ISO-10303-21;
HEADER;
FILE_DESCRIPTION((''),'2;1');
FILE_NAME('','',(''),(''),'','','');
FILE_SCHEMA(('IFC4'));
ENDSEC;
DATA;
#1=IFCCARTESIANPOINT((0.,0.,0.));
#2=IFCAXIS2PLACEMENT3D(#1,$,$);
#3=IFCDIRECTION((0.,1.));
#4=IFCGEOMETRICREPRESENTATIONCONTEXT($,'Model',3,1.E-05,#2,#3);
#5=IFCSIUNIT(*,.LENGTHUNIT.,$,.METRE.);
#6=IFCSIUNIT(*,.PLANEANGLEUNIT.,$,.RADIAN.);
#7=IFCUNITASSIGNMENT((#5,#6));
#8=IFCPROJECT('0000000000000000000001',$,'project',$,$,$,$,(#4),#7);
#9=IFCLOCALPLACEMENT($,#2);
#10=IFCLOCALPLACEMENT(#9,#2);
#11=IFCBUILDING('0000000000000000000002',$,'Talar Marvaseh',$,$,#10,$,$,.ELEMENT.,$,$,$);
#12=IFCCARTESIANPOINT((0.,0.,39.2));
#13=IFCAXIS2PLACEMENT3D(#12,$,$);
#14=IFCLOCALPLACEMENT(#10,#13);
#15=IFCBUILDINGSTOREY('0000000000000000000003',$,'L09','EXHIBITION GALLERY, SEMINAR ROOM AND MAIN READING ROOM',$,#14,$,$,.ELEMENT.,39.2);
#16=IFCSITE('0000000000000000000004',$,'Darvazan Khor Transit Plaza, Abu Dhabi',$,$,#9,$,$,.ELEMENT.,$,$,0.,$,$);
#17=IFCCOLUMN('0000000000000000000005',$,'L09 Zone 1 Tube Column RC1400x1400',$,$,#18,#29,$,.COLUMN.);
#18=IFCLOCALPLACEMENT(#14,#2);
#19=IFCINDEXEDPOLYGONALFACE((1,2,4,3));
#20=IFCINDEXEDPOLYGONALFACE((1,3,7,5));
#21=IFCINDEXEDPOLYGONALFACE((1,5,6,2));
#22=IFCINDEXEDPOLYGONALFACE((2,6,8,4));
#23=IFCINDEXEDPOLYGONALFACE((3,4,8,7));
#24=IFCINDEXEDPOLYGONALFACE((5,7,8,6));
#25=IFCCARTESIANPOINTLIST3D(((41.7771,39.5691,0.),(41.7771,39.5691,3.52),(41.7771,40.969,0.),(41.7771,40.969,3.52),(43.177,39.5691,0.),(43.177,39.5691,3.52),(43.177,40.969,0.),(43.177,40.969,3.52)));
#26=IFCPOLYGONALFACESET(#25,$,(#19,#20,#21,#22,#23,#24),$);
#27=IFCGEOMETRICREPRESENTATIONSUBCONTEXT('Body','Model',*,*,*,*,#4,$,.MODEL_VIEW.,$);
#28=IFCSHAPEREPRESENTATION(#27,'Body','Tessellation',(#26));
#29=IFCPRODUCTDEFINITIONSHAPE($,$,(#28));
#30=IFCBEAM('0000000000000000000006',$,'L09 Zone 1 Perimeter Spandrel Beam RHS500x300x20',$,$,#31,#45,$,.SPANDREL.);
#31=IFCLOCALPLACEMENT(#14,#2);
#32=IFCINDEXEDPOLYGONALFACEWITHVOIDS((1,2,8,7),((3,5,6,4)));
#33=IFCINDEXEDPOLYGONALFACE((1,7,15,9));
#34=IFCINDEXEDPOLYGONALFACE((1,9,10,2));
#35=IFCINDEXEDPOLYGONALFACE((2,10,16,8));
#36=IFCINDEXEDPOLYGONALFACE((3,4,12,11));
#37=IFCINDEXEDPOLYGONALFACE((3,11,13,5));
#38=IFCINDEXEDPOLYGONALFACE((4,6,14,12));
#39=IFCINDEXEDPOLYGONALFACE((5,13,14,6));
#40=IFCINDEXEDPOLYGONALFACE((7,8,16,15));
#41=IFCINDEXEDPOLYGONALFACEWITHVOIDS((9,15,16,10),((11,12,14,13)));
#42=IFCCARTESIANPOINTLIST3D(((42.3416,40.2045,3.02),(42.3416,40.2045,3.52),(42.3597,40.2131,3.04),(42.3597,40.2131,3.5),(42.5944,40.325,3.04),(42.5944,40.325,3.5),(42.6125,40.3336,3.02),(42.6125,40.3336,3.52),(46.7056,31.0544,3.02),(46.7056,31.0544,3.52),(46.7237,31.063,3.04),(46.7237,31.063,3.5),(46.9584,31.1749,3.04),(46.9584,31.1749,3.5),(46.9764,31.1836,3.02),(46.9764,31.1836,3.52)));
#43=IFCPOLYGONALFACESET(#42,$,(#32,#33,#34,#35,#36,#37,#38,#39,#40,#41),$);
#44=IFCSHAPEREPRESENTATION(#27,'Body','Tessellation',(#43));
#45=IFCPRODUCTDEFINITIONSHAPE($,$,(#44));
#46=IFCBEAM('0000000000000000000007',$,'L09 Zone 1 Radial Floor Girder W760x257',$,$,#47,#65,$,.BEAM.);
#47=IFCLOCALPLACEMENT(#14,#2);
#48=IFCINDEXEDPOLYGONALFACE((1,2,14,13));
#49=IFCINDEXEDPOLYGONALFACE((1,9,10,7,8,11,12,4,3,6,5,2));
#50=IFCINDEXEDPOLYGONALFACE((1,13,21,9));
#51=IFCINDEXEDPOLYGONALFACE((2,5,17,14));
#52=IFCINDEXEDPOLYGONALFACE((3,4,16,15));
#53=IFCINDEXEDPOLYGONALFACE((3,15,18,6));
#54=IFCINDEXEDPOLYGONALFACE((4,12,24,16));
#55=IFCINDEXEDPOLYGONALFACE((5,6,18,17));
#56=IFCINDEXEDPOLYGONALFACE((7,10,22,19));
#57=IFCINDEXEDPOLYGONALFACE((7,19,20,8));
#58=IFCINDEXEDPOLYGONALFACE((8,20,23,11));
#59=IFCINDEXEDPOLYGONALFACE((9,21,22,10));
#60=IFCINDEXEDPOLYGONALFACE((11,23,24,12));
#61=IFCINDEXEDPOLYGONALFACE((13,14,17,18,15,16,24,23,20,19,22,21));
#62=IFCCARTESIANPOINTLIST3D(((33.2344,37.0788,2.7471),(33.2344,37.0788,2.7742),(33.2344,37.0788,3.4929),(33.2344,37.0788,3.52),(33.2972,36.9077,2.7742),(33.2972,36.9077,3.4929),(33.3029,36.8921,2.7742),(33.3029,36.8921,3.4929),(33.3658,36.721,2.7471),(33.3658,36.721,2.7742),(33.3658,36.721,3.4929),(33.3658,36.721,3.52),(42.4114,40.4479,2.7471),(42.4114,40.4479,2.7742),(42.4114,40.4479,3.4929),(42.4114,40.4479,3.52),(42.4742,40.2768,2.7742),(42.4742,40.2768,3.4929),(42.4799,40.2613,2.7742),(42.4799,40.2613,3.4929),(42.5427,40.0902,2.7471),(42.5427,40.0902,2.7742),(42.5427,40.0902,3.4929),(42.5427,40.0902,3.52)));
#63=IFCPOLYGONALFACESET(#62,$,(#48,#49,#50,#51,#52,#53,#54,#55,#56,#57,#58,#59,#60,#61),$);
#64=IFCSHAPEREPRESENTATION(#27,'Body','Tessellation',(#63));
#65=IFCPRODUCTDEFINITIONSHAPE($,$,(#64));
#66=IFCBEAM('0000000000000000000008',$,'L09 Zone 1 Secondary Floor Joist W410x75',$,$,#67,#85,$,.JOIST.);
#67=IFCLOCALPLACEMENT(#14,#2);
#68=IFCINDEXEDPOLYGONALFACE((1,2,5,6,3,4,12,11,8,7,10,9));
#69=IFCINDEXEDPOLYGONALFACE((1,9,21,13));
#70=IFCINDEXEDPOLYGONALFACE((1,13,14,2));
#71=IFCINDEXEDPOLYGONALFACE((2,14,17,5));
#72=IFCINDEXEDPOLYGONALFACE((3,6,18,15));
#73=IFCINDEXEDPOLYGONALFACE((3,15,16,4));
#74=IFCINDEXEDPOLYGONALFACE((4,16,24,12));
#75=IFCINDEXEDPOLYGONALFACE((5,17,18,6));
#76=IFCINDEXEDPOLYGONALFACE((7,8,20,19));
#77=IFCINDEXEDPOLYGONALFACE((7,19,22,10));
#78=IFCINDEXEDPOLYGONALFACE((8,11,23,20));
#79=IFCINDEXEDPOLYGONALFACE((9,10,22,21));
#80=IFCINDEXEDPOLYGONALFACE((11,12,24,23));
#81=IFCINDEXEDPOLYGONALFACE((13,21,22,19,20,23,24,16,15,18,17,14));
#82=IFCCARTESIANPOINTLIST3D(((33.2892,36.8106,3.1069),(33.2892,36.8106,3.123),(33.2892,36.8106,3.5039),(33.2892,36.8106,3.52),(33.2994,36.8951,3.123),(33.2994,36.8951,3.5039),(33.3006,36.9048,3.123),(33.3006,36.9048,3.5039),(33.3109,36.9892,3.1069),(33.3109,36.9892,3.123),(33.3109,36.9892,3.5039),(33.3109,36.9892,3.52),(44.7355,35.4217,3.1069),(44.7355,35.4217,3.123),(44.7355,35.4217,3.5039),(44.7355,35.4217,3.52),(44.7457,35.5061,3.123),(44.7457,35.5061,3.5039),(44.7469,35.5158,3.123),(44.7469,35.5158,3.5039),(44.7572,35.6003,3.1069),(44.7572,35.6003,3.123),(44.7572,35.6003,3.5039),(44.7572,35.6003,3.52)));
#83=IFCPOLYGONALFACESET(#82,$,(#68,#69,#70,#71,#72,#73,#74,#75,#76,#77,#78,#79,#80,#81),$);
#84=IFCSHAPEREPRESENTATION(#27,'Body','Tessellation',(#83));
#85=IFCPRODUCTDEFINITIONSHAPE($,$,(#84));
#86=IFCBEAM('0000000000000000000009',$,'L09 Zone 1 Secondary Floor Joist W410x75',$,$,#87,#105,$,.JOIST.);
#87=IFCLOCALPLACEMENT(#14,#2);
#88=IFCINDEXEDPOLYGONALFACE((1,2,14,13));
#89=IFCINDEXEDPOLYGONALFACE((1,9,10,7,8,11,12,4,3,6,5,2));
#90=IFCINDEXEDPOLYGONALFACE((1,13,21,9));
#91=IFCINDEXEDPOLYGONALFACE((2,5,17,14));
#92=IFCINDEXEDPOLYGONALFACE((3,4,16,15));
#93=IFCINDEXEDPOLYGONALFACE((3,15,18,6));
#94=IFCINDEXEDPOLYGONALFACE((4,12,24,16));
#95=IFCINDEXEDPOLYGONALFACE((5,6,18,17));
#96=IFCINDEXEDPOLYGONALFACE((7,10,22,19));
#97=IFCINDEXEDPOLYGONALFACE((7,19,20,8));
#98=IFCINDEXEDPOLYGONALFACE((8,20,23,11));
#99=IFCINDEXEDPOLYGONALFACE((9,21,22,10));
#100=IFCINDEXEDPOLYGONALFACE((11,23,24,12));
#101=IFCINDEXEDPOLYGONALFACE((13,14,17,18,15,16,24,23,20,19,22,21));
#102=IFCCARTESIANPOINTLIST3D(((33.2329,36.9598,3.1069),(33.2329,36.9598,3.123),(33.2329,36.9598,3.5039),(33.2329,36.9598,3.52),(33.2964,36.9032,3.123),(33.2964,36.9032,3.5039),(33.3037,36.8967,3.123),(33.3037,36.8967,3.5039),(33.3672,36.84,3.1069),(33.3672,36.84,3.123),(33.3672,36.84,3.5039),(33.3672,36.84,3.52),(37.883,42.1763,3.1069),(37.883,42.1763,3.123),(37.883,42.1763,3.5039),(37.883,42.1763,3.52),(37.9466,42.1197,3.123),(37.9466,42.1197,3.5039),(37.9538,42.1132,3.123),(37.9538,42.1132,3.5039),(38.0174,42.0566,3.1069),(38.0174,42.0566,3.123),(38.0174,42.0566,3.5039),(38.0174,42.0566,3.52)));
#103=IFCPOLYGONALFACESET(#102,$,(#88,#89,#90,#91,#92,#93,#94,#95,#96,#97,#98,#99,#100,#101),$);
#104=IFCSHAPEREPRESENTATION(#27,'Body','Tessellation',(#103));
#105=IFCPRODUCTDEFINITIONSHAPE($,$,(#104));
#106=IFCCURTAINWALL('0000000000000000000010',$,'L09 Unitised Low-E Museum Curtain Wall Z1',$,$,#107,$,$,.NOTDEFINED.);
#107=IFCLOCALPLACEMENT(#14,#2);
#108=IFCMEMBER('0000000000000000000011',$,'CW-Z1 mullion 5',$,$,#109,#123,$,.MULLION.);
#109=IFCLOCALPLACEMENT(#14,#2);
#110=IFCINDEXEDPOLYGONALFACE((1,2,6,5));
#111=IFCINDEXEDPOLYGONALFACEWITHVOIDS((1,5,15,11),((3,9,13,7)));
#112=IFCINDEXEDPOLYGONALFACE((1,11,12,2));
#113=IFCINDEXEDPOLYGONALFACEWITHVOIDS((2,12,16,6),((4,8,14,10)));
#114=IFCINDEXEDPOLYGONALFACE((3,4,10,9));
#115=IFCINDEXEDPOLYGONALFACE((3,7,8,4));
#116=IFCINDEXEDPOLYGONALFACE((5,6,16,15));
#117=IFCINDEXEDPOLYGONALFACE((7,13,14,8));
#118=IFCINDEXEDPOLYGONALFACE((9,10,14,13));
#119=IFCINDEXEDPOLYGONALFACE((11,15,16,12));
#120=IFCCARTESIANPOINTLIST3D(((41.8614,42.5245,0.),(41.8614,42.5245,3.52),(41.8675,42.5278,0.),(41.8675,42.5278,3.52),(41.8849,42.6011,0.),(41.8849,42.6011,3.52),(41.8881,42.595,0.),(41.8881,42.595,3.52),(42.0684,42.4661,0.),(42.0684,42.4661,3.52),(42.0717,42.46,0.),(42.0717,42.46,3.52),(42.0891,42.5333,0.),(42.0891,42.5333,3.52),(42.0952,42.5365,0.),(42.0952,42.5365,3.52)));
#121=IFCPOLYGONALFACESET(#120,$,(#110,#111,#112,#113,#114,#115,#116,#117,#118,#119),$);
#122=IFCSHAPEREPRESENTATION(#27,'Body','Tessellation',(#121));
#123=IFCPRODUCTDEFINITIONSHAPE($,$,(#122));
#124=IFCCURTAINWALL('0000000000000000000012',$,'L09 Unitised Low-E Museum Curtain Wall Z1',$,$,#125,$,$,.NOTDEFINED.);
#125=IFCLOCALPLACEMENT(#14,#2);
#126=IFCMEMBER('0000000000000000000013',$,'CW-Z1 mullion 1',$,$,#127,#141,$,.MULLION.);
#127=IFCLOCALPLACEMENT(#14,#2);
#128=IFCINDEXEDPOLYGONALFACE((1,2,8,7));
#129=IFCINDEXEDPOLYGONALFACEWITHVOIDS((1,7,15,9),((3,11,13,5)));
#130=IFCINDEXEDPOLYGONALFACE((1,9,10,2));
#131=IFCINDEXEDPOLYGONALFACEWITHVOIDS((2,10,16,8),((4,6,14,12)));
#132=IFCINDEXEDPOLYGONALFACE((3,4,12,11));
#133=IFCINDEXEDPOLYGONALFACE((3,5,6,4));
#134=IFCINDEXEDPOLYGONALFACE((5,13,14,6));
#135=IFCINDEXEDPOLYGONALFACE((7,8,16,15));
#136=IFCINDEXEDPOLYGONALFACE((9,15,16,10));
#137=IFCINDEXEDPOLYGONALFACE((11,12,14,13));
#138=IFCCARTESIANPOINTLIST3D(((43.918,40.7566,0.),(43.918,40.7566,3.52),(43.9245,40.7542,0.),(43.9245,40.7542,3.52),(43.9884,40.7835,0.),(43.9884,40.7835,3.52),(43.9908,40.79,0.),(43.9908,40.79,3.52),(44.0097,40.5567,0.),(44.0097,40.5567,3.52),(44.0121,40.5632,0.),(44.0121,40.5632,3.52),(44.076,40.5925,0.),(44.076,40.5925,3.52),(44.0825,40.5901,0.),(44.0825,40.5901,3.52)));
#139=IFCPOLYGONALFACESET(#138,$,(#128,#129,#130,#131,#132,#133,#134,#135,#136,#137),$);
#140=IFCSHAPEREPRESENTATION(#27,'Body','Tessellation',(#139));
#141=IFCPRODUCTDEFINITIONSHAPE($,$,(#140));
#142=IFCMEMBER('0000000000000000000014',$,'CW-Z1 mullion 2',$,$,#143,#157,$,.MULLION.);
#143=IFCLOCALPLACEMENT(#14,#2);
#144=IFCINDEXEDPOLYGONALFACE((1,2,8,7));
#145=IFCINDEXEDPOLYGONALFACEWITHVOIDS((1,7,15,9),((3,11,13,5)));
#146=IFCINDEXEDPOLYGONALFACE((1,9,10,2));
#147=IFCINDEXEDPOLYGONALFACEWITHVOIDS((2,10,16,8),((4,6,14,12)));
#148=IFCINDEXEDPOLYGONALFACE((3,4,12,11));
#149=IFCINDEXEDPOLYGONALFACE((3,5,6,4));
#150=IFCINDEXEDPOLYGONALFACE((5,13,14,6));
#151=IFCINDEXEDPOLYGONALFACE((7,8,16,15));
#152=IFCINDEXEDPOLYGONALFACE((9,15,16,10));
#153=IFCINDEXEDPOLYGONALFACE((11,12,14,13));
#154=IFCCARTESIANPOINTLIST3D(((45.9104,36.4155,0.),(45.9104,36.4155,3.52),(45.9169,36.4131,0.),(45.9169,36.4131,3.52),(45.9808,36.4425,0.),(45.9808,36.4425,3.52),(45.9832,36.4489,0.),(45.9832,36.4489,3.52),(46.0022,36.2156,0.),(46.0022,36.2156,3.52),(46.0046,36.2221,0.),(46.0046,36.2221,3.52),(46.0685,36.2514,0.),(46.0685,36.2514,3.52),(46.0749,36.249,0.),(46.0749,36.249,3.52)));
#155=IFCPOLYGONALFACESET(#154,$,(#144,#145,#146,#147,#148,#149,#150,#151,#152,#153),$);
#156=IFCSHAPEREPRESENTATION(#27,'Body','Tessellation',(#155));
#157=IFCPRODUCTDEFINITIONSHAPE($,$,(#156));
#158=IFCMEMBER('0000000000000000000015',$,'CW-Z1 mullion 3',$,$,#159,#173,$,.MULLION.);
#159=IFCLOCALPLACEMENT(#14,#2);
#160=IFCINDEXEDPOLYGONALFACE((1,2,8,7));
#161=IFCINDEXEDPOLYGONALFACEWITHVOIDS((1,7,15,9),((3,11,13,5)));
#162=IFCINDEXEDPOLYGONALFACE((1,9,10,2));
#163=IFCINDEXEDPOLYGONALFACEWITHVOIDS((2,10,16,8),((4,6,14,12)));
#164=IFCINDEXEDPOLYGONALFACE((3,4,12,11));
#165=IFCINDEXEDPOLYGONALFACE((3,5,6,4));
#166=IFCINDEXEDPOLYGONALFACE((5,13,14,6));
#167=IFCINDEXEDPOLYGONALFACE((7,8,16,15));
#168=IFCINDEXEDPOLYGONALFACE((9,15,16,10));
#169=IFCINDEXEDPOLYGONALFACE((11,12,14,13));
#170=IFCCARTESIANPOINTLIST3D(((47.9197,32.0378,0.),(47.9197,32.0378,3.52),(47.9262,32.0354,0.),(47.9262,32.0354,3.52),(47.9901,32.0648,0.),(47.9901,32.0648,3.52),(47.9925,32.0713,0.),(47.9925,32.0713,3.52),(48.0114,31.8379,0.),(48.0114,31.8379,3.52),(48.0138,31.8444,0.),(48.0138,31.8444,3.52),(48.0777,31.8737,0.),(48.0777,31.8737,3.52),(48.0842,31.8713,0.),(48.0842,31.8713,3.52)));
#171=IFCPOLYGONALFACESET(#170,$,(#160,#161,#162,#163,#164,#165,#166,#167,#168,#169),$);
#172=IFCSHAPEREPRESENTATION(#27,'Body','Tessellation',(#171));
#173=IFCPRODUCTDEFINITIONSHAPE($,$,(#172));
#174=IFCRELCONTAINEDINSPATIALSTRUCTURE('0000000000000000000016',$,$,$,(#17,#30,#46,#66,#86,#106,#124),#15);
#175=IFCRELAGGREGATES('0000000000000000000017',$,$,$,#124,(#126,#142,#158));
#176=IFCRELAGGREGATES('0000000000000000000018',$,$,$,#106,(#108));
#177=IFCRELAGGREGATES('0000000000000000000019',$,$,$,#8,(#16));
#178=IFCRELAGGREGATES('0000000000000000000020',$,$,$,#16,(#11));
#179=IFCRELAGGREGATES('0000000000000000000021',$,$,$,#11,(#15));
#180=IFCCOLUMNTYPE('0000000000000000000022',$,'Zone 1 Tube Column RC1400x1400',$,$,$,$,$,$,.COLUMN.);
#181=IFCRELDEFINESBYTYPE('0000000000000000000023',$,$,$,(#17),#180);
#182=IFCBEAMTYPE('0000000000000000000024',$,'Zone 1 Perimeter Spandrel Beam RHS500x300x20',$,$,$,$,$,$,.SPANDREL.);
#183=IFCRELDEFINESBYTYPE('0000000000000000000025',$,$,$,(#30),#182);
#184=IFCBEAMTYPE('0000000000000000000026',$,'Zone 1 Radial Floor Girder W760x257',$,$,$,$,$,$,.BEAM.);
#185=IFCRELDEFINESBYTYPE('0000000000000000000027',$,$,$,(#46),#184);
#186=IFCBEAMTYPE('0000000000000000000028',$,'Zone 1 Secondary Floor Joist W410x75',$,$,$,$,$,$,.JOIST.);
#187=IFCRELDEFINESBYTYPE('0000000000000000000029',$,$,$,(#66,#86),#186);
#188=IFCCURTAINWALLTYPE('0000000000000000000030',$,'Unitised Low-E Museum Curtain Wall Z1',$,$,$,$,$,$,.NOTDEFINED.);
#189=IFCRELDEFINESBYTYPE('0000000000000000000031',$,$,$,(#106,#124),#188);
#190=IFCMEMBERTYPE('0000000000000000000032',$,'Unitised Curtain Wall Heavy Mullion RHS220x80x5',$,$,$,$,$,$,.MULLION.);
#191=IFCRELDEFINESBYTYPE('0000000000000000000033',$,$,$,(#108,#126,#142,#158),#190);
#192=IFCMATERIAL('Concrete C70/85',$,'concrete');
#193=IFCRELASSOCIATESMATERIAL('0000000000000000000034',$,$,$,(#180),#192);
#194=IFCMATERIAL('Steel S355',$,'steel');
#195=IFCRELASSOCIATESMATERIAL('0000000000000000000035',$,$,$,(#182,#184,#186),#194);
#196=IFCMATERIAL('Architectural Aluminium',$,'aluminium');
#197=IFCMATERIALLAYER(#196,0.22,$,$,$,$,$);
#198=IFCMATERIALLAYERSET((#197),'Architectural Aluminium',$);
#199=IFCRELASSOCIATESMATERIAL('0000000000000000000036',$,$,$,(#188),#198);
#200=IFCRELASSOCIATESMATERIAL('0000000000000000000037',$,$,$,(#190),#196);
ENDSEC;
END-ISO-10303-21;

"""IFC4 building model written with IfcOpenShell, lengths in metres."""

from ifc_helpers import new_model, si_unit, direction, frame, origin, origin_2d, place, context, subcontext, project, spatial, rectangle, hollow_rectangle, i_section, extrude, source, transform, mapped, material, layer, layer_set, material_profile, profile_set, type_object, type_shapes, element, aggregate, save


model = new_model("IFC4")

# Units and contexts
model_context = context("Model", 3, precision=1e-05, world=origin(), true_north=direction((0.0, 1.0)))
body_context = subcontext(model_context, "Body", "Model", "MODEL_VIEW")
ifc_project = project(units=[si_unit("LENGTHUNIT", "METRE"), si_unit("PLANEANGLEUNIT", "RADIAN")], contexts=[model_context])

# Site, building, storey
site_placement = place(None, origin())
site = spatial("IfcSite", under=ifc_project, at=site_placement, Name="Darvazan Khor Transit Plaza, Abu Dhabi", CompositionType="ELEMENT", RefElevation=0.0)
building_placement = place(site_placement, origin())
building = spatial("IfcBuilding", under=site, at=building_placement, Name="Talar Marvaseh", CompositionType="ELEMENT")
storey_placement = place(building_placement, frame((0.0, 0.0, 39.2)))
storey = spatial("IfcBuildingStorey", under=building, at=storey_placement, Name="L09", Description="EXHIBITION GALLERY, SEMINAR ROOM AND MAIN READING ROOM", CompositionType="ELEMENT", Elevation=39.2)

# Column
ifc_material_1 = material(Name="Concrete C70/85", Category="concrete")
ifc_material_profile_1 = material_profile(ifc_material_1, rectangle(XDim=1.3999, YDim=1.3999, at=origin_2d()), Name="RC1400x1400")
ifc_profile_set_1 = profile_set([ifc_material_profile_1], Name="Concrete C70/85")
column_type = type_object("IfcColumnType", Name="Zone 1 Tube Column RC1400x1400", PredefinedType="COLUMN", material=ifc_profile_set_1)
column_placement = place(storey_placement, frame((42.4771, 40.269, 0.0), z_axis=(0.0, 0.0, 1.0), x_axis=(1.0, 0.0, 0.0)))
element("IfcColumn", 1, at=column_placement, inside=storey, type_object=column_type, Name="L09 Zone 1 Tube Column RC1400x1400", PredefinedType="COLUMN", context=body_context, shape_type="SweptSolid", body=[
    extrude(rectangle(XDim=1.3999, YDim=1.3999, at=origin_2d()), origin(), (0.0, 0.0, 1.0), 3.52),
])

# Beams
ifc_material_2 = material(Name="Steel S355", Category="steel")
ifc_material_profile_2 = material_profile(ifc_material_2, hollow_rectangle(XDim=0.3, YDim=0.5, WallThickness=0.02, at=origin_2d()), Name="RHS500x300x20")
ifc_profile_set_2 = profile_set([ifc_material_profile_2], Name="Steel S355")
beam_type_1 = type_object("IfcBeamType", Name="Zone 1 Perimeter Spandrel Beam RHS500x300x20", PredefinedType="SPANDREL", material=ifc_profile_set_2)
beam_1_placement = place(storey_placement, frame((42.4771, 40.269, 3.27), z_axis=(0.43048, -0.9026, 0.0), x_axis=(0.9026, 0.43048, 0.0)))
element("IfcBeam", 2, at=beam_1_placement, inside=storey, type_object=beam_type_1, Name="L09 Zone 1 Perimeter Spandrel Beam RHS500x300x20", PredefinedType="SPANDREL", context=body_context, shape_type="SweptSolid", body=[
    extrude(hollow_rectangle(XDim=0.3, YDim=0.5, WallThickness=0.02, at=origin_2d()), origin(), (0.0, 0.0, 1.0), 10.1375),
])
ifc_material_profile_3 = material_profile(ifc_material_2, i_section(OverallWidth=0.3811, OverallDepth=0.7729, WebThickness=0.0166, FlangeThickness=0.0271, at=origin_2d()), Name="W760x257")
ifc_profile_set_3 = profile_set([ifc_material_profile_3], Name="Steel S355")
beam_type_2 = type_object("IfcBeamType", Name="Zone 1 Radial Floor Girder W760x257", PredefinedType="BEAM", material=ifc_profile_set_3)
beam_2_placement = place(storey_placement, frame((42.4771, 40.269, 3.1335), z_axis=(-0.938736, -0.344637, 0.0), x_axis=(0.344637, -0.938736, 0.0)))
element("IfcBeam", 3, at=beam_2_placement, inside=storey, type_object=beam_type_2, Name="L09 Zone 1 Radial Floor Girder W760x257", PredefinedType="BEAM", context=body_context, shape_type="SweptSolid", body=[
    extrude(i_section(OverallWidth=0.3811, OverallDepth=0.7729, WebThickness=0.0166, FlangeThickness=0.0271, at=origin_2d()), origin(), (0.0, 0.0, 1.0), 9.7759),
])
ifc_material_profile_4 = material_profile(ifc_material_2, i_section(OverallWidth=0.1799, OverallDepth=0.4131, WebThickness=0.0098, FlangeThickness=0.0161, at=origin_2d()), Name="W410x75")
ifc_profile_set_4 = profile_set([ifc_material_profile_4], Name="Steel S355")
beam_type_3 = type_object("IfcBeamType", Name="Zone 1 Secondary Floor Joist W410x75", PredefinedType="JOIST", material=ifc_profile_set_4)
beam_3_placement = place(storey_placement, frame((44.7463, 35.511, 3.3135), z_axis=(-0.992718, 0.120458, 0.0), x_axis=(-0.120458, -0.992718, 0.0)))
element("IfcBeam", 4, at=beam_3_placement, inside=storey, type_object=beam_type_3, Name="L09 Zone 1 Secondary Floor Joist W410x75", PredefinedType="JOIST", context=body_context, shape_type="SweptSolid", body=[
    extrude(i_section(OverallWidth=0.1799, OverallDepth=0.4131, WebThickness=0.0098, FlangeThickness=0.0161, at=origin_2d()), origin(), (0.0, 0.0, 1.0), 11.5303),
])
beam_4_placement = place(storey_placement, frame((37.9502, 42.1165, 3.3135), z_axis=(-0.665419, -0.74647, 0.0), x_axis=(0.74647, -0.665419, 0.0)))
element("IfcBeam", 5, at=beam_4_placement, inside=storey, type_object=beam_type_3, Name="L09 Zone 1 Secondary Floor Joist W410x75", PredefinedType="JOIST", context=body_context, shape_type="SweptSolid", body=[
    extrude(i_section(OverallWidth=0.1799, OverallDepth=0.4131, WebThickness=0.0098, FlangeThickness=0.0161, at=origin_2d()), origin(), (0.0, 0.0, 1.0), 6.9883),
])

# Curtain wall, member
ifc_material_3 = material(Name="Architectural Aluminium", Category="aluminium")
ifc_layer_1 = layer(ifc_material_3, 0.22)
ifc_layer_set_1 = layer_set([ifc_layer_1], Name="Architectural Aluminium")
curtain_wall_type = type_object("IfcCurtainWallType", Name="Unitised Low-E Museum Curtain Wall Z1", PredefinedType="NOTDEFINED", material=ifc_layer_set_1)
curtain_wall_1_placement = place(storey_placement, origin())
curtain_wall_1 = element("IfcCurtainWall", 6, at=curtain_wall_1_placement, inside=storey, type_object=curtain_wall_type, Name="L09 Unitised Low-E Museum Curtain Wall Z1", PredefinedType="NOTDEFINED")
ifc_material_profile_5 = material_profile(ifc_material_3, hollow_rectangle(XDim=0.0801, YDim=0.22, WallThickness=0.0049, at=origin_2d()), Name="RHS220x80x5")
ifc_profile_set_5 = profile_set([ifc_material_profile_5], Name="Architectural Aluminium")
member_type_1 = type_object("IfcMemberType", Name="Unitised Curtain Wall Heavy Mullion RHS220x80x5", PredefinedType="MULLION", material=ifc_profile_set_5)
shared_shape_1 = source(origin(), body_context, "Body", "SweptSolid", [
    extrude(hollow_rectangle(XDim=0.0801, YDim=0.22, WallThickness=0.0049, at=origin_2d()), origin(), (0.0, 0.0, 1.0), 3.52),
])
type_shapes(member_type_1, [shared_shape_1])
member_1_placement = place(storey_placement, frame((41.9783, 42.5305, 0.0), z_axis=(0.0, 0.0, 1.0), x_axis=(0.293508, 0.955956, 0.0)))
member_1 = element("IfcMember", 7, at=member_1_placement, type_object=member_type_1, Name="CW-Z1 mullion 5", PredefinedType="MULLION", context=body_context, shape_type="MappedRepresentation", body=[
    mapped(shared_shape_1, transform((0.0, 0.0, 0.0), x_axis=(1.0, 0.0, 0.0), y_axis=(0.0, 1.0, 0.0), z_axis=(0.0, 0.0, 1.0), scale=1.0)),
])

# Curtain wall, members
curtain_wall_2_placement = place(storey_placement, origin())
curtain_wall_2 = element("IfcCurtainWall", 8, at=curtain_wall_2_placement, inside=storey, type_object=curtain_wall_type, Name="L09 Unitised Low-E Museum Curtain Wall Z1", PredefinedType="NOTDEFINED")
member_2_placement = place(storey_placement, frame((44.0002, 40.6733, 0.0), z_axis=(0.0, 0.0, 1.0), x_axis=(0.908845, 0.417135, 0.0)))
member_2 = element("IfcMember", 9, at=member_2_placement, type_object=member_type_1, Name="CW-Z1 mullion 1", PredefinedType="MULLION", context=body_context, shape_type="MappedRepresentation", body=[
    mapped(shared_shape_1, transform((0.0, 0.0, 0.0), x_axis=(1.0, 0.0, 0.0), y_axis=(0.0, 1.0, 0.0), z_axis=(0.0, 0.0, 1.0), scale=1.0)),
])
member_3_placement = place(storey_placement, frame((45.9927, 36.3323, 0.0), z_axis=(0.0, 0.0, 1.0), x_axis=(0.908845, 0.417135, 0.0)))
member_3 = element("IfcMember", 10, at=member_3_placement, type_object=member_type_1, Name="CW-Z1 mullion 2", PredefinedType="MULLION", context=body_context, shape_type="MappedRepresentation", body=[
    mapped(shared_shape_1, transform((0.0, 0.0, 0.0), x_axis=(1.0, 0.0, 0.0), y_axis=(0.0, 1.0, 0.0), z_axis=(0.0, 0.0, 1.0), scale=1.0)),
])
member_4_placement = place(storey_placement, frame((48.002, 31.9546, 0.0), z_axis=(0.0, 0.0, 1.0), x_axis=(0.908845, 0.417135, 0.0)))
member_4 = element("IfcMember", 11, at=member_4_placement, type_object=member_type_1, Name="CW-Z1 mullion 3", PredefinedType="MULLION", context=body_context, shape_type="MappedRepresentation", body=[
    mapped(shared_shape_1, transform((0.0, 0.0, 0.0), x_axis=(1.0, 0.0, 0.0), y_axis=(0.0, 1.0, 0.0), z_axis=(0.0, 0.0, 1.0), scale=1.0)),
])
aggregate(curtain_wall_2, [member_2, member_3, member_4])

aggregate(curtain_wall_1, [member_1])

save(model, "model.ifc")
